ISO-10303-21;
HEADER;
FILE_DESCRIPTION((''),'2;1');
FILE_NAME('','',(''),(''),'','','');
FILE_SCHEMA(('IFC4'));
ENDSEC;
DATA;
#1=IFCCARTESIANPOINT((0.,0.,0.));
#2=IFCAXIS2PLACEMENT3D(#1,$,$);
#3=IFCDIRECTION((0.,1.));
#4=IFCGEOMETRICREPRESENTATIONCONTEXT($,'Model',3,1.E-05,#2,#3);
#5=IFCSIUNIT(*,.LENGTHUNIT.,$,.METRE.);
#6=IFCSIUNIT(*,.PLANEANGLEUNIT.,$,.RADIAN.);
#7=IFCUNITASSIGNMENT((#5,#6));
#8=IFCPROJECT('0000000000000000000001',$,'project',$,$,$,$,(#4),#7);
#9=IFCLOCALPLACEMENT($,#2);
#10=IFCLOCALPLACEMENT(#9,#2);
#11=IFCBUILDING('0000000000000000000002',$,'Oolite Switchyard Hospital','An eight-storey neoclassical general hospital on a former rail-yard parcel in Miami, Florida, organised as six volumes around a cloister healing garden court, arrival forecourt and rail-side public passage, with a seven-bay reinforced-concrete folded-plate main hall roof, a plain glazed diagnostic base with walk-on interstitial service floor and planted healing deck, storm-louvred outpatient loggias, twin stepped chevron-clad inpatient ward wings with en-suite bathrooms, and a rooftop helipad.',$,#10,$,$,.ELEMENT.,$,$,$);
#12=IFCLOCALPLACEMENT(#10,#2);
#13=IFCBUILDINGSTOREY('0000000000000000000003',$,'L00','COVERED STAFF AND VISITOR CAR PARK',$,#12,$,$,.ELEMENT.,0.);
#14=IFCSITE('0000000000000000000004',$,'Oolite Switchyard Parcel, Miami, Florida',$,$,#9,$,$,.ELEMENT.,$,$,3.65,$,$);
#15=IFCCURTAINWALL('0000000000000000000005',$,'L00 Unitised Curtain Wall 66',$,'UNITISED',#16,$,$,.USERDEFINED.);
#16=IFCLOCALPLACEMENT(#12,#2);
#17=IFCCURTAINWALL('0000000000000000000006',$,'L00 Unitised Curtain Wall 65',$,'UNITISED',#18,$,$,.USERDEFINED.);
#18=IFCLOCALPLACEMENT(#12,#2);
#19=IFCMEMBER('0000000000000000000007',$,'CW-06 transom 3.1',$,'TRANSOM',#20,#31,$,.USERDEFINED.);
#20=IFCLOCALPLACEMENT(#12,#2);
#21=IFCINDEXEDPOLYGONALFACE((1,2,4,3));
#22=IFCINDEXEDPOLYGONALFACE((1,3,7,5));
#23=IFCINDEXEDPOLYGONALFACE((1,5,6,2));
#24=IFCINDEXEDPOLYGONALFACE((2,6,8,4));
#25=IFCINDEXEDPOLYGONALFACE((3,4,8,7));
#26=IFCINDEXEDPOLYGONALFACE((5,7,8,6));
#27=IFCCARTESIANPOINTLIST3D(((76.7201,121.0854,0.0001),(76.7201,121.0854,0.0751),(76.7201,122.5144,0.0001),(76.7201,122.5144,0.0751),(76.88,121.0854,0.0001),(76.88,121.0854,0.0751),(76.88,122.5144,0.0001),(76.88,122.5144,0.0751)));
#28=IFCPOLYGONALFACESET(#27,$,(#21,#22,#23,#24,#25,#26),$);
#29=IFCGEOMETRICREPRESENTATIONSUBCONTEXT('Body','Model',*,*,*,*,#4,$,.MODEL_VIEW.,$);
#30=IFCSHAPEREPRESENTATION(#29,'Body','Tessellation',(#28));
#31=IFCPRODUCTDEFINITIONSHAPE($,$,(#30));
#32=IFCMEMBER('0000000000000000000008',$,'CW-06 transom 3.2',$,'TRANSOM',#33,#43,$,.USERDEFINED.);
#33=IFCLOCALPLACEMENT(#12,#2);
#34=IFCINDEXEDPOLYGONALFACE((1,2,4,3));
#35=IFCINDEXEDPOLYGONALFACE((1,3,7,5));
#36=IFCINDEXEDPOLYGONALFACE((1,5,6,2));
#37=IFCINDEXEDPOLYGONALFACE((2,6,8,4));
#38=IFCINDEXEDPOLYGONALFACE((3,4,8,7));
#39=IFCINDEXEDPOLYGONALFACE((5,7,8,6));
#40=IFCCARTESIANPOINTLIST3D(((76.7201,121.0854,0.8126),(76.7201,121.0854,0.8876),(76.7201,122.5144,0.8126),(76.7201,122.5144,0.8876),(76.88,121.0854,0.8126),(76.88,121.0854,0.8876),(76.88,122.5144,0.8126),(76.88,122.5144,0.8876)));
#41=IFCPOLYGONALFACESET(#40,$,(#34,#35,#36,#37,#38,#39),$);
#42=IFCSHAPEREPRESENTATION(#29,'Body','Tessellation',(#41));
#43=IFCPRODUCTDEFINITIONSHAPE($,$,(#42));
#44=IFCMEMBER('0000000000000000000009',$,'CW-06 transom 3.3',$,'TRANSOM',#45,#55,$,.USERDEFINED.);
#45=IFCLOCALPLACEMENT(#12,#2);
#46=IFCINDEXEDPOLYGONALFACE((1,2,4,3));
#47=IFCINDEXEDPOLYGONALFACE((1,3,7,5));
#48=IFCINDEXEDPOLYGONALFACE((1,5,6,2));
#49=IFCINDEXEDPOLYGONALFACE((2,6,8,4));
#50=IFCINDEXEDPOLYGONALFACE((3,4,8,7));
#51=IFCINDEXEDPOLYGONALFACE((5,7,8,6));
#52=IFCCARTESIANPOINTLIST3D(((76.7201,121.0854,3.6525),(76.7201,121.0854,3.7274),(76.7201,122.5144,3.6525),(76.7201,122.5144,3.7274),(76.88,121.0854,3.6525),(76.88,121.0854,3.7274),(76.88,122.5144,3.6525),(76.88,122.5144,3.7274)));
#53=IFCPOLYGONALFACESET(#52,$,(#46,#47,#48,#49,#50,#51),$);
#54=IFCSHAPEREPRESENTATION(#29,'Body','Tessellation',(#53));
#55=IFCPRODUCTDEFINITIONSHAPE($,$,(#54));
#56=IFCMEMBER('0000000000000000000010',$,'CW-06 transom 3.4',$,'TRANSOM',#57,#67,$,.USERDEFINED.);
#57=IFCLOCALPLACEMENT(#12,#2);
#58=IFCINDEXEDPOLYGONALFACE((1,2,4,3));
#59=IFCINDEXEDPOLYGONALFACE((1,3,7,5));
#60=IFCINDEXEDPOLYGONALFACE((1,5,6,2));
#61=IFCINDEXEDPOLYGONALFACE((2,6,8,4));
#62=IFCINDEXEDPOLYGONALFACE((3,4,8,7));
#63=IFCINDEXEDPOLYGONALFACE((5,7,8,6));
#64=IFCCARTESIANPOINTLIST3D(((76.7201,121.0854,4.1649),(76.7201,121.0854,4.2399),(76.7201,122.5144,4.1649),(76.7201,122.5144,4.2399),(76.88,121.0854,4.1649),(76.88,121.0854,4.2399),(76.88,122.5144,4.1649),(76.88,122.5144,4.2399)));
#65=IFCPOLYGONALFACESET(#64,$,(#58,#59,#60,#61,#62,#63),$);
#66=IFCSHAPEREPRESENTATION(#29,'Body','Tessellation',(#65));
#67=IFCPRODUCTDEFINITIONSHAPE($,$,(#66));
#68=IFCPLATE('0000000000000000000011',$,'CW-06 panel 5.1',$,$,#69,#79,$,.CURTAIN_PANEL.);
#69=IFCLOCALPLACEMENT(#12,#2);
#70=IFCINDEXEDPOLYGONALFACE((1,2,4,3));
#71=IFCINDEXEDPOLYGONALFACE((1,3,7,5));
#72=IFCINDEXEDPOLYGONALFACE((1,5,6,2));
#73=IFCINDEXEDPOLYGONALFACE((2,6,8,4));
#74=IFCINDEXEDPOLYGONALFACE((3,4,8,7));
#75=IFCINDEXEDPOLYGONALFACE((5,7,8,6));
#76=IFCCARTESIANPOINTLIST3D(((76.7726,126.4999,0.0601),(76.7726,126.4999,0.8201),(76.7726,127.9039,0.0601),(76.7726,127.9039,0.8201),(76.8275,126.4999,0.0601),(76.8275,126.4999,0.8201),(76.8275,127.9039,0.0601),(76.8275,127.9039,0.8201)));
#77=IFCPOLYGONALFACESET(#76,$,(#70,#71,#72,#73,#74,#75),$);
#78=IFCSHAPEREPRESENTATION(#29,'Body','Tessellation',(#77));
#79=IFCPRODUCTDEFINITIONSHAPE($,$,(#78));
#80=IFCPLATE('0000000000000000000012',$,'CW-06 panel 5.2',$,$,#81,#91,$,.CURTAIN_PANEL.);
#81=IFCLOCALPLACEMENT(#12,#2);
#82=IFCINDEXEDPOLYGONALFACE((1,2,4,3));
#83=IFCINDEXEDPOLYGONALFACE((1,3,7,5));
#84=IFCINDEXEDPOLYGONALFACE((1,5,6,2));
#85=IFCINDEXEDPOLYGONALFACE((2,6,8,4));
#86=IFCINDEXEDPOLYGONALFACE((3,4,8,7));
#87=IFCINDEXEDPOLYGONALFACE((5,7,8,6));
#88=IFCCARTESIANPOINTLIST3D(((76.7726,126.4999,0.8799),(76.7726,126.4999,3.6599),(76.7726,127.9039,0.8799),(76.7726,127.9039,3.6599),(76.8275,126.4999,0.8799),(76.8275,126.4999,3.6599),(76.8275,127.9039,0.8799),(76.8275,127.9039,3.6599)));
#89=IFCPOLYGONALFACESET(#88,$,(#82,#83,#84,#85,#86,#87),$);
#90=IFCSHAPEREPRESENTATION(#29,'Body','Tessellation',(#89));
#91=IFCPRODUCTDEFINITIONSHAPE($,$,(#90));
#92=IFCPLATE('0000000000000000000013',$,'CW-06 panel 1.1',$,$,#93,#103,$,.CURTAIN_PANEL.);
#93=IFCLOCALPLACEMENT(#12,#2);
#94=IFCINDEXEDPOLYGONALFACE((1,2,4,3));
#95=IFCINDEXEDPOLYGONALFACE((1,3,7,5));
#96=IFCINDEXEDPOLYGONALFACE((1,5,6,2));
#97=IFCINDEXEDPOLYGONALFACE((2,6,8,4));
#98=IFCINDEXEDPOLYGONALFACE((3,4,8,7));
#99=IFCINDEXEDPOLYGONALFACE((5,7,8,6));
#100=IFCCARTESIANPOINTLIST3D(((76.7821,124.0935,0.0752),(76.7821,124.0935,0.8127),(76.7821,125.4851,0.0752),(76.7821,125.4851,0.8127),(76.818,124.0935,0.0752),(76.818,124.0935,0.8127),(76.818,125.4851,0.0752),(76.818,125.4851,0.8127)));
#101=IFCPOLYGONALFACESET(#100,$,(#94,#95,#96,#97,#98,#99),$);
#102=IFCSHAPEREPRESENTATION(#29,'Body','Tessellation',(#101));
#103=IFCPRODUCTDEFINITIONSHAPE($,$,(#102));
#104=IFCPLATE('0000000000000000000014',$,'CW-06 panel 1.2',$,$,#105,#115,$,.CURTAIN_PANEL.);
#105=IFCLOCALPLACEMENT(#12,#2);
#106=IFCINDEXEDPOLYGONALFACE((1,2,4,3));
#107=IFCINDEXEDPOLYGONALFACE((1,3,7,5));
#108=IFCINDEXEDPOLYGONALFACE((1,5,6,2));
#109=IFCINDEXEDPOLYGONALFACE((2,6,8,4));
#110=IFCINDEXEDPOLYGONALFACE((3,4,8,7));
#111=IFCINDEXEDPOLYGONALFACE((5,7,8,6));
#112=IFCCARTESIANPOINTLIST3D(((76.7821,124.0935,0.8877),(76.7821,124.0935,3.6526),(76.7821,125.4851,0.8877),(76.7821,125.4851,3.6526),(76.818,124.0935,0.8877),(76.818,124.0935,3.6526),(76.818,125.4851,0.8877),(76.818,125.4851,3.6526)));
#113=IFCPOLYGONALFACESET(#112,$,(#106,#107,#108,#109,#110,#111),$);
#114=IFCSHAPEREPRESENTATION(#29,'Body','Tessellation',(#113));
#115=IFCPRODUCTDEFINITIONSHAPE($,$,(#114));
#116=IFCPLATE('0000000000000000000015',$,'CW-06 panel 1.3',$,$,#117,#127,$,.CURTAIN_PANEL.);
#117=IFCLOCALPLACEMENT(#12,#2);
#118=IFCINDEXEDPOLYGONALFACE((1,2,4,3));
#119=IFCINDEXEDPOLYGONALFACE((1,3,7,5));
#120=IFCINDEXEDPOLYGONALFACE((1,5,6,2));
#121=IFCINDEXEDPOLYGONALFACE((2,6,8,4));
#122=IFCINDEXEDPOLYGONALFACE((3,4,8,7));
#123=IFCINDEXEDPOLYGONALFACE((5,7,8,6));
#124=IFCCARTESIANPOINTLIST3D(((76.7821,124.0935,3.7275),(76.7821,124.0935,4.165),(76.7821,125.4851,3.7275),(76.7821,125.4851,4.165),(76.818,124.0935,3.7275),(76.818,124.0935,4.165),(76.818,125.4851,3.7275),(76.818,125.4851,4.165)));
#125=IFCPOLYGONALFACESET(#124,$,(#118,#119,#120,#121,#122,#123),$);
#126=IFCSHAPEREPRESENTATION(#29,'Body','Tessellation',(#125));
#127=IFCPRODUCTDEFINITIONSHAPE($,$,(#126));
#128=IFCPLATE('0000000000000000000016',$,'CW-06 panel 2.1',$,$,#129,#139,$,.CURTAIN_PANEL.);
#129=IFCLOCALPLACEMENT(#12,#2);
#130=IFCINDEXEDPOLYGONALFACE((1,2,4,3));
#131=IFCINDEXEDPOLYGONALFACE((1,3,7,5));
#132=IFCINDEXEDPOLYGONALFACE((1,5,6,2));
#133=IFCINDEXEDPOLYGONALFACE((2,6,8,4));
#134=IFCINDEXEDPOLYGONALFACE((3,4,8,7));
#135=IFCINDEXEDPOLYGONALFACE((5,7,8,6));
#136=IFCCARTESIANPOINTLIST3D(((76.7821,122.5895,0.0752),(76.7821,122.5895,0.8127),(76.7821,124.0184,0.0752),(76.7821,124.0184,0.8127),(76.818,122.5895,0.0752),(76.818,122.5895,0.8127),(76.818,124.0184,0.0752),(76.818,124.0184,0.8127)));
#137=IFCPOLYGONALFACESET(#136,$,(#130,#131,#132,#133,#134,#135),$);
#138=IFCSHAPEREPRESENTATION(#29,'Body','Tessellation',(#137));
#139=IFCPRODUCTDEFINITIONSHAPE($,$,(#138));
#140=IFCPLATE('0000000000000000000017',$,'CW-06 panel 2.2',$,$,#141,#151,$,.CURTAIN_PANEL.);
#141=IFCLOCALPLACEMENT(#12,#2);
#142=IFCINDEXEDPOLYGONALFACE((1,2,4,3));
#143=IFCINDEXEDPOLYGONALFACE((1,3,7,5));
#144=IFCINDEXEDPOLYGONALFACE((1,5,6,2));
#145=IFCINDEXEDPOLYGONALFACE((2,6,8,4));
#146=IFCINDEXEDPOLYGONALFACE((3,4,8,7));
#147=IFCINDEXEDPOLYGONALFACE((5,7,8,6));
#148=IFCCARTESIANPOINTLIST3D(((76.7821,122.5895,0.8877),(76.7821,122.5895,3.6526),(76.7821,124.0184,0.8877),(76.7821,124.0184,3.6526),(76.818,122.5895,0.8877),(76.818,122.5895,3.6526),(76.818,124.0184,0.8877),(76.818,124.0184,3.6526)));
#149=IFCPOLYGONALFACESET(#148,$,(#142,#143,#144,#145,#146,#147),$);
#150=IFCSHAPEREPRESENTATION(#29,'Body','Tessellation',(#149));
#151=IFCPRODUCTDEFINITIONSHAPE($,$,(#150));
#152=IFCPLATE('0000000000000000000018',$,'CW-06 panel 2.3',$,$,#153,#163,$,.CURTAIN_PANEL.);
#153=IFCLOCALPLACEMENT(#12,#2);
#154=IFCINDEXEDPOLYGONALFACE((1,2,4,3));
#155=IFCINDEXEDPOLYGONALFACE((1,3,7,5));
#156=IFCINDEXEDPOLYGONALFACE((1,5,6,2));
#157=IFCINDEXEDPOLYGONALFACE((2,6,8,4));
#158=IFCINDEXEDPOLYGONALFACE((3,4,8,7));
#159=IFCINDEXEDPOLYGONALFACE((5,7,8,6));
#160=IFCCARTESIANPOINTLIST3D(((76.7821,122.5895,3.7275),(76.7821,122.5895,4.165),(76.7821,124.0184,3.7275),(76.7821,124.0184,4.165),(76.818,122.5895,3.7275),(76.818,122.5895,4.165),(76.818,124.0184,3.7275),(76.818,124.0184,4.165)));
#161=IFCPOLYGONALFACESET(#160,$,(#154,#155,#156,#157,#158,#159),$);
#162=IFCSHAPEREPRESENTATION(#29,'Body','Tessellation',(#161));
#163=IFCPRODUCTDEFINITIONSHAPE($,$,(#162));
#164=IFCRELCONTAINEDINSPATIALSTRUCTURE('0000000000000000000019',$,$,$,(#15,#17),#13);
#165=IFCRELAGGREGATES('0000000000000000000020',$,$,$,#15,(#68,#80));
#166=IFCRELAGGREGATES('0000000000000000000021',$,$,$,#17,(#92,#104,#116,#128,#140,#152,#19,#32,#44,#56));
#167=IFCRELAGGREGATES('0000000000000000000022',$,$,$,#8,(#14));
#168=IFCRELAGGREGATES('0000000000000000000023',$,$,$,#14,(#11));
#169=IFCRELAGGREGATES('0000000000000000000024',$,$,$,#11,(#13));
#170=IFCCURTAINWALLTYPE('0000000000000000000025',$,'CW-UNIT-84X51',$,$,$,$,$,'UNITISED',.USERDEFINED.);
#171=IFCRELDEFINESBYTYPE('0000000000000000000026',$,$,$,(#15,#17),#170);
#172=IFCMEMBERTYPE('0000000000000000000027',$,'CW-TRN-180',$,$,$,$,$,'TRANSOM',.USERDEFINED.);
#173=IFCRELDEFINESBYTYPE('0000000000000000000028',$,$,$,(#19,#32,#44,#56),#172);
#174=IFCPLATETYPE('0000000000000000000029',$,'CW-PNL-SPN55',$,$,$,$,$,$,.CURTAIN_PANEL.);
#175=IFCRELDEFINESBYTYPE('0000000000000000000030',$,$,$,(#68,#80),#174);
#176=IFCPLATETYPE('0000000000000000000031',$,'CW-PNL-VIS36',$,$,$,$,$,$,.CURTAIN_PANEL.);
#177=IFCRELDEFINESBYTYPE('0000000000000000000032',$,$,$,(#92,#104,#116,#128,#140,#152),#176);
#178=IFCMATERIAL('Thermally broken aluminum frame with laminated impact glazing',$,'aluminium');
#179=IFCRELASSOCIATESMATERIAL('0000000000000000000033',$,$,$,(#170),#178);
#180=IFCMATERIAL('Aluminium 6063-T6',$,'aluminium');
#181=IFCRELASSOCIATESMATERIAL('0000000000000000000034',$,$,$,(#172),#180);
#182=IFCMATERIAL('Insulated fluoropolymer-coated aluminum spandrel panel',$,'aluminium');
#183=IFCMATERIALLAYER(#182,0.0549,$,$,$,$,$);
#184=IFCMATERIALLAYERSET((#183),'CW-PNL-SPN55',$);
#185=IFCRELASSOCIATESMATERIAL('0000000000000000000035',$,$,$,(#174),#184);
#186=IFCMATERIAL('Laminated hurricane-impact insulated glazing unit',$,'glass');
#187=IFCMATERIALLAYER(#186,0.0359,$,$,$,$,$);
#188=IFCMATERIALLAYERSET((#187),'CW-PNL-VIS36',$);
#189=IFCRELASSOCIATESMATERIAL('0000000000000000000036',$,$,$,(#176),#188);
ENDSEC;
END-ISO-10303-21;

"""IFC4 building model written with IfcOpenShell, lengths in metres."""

from ifc_helpers import new_model, si_unit, direction, frame, origin, origin_2d, place, context, subcontext, project, spatial, rectangle, extrude, material, layer, layer_set, material_profile, profile_set, type_object, element, aggregate, save


model = new_model("IFC4")

# Units and contexts
model_context = context("Model", 3, precision=1e-05, world=origin(), true_north=direction((0.0, 1.0)))
body_context = subcontext(model_context, "Body", "Model", "MODEL_VIEW")
ifc_project = project(units=[si_unit("LENGTHUNIT", "METRE"), si_unit("PLANEANGLEUNIT", "RADIAN")], contexts=[model_context])

# Site, building, storey
site_placement = place(None, origin())
site = spatial("IfcSite", under=ifc_project, at=site_placement, Name="Oolite Switchyard Parcel, Miami, Florida", CompositionType="ELEMENT", RefElevation=3.65)
building_placement = place(site_placement, origin())
building = spatial("IfcBuilding", under=site, at=building_placement, Name="Oolite Switchyard Hospital", Description="An eight-storey neoclassical general hospital on a former rail-yard parcel in Miami, Florida, organised as six volumes around a cloister healing garden court, arrival forecourt and rail-side public passage, with a seven-bay reinforced-concrete folded-plate main hall roof, a plain glazed diagnostic base with walk-on interstitial service floor and planted healing deck, storm-louvred outpatient loggias, twin stepped chevron-clad inpatient ward wings with en-suite bathrooms, and a rooftop helipad.", CompositionType="ELEMENT")
storey_placement = place(building_placement, origin())
storey = spatial("IfcBuildingStorey", under=building, at=storey_placement, Name="L00", Description="COVERED STAFF AND VISITOR CAR PARK", CompositionType="ELEMENT", Elevation=0.0)

# Curtain wall
ifc_material_1 = material(Name="Thermally broken aluminum frame with laminated impact glazing", Category="aluminium")
curtain_wall_type = type_object("IfcCurtainWallType", Name="CW-UNIT-84X51", ElementType="UNITISED", PredefinedType="USERDEFINED", material=ifc_material_1)
curtain_wall_1_placement = place(storey_placement, origin())
curtain_wall_1 = element("IfcCurtainWall", 1, at=curtain_wall_1_placement, inside=storey, type_object=curtain_wall_type, Name="L00 Unitised Curtain Wall 66", ObjectType="UNITISED", PredefinedType="USERDEFINED")
ifc_material_2 = material(Name="Aluminium 6063-T6", Category="aluminium")

# Curtain wall, members
curtain_wall_2_placement = place(storey_placement, origin())
curtain_wall_2 = element("IfcCurtainWall", 2, at=curtain_wall_2_placement, inside=storey, type_object=curtain_wall_type, Name="L00 Unitised Curtain Wall 65", ObjectType="UNITISED", PredefinedType="USERDEFINED")
ifc_material_profile_1 = material_profile(ifc_material_2, rectangle(XDim=0.1599, YDim=0.075, at=origin_2d()), Name="CWT75X160")
ifc_profile_set_1 = profile_set([ifc_material_profile_1], Name="Aluminium 6063-T6")
member_type_1 = type_object("IfcMemberType", Name="CW-TRN-180", ElementType="TRANSOM", PredefinedType="USERDEFINED", material=ifc_profile_set_1)
member_1_placement = place(storey_placement, frame((76.8, 122.5144, 0.0376), z_axis=(0.0, -1.0, 0.0), x_axis=(1.0, 0.0, 0.0)))
member_1 = element("IfcMember", 3, at=member_1_placement, type_object=member_type_1, Name="CW-06 transom 3.1", ObjectType="TRANSOM", PredefinedType="USERDEFINED", context=body_context, shape_type="SweptSolid", body=[
    extrude(rectangle(XDim=0.1599, YDim=0.075, at=origin_2d()), origin(), (0.0, 0.0, 1.0), 1.429),
])
member_2_placement = place(storey_placement, frame((76.8, 122.5144, 0.8501), z_axis=(0.0, -1.0, 0.0), x_axis=(1.0, 0.0, 0.0)))
member_2 = element("IfcMember", 4, at=member_2_placement, type_object=member_type_1, Name="CW-06 transom 3.2", ObjectType="TRANSOM", PredefinedType="USERDEFINED", context=body_context, shape_type="SweptSolid", body=[
    extrude(rectangle(XDim=0.1599, YDim=0.075, at=origin_2d()), origin(), (0.0, 0.0, 1.0), 1.429),
])
member_3_placement = place(storey_placement, frame((76.8, 122.5144, 3.6899), z_axis=(0.0, -1.0, 0.0), x_axis=(1.0, 0.0, 0.0)))
member_3 = element("IfcMember", 5, at=member_3_placement, type_object=member_type_1, Name="CW-06 transom 3.3", ObjectType="TRANSOM", PredefinedType="USERDEFINED", context=body_context, shape_type="SweptSolid", body=[
    extrude(rectangle(XDim=0.1599, YDim=0.075, at=origin_2d()), origin(), (0.0, 0.0, 1.0), 1.429),
])
member_4_placement = place(storey_placement, frame((76.8, 122.5144, 4.2024), z_axis=(0.0, -1.0, 0.0), x_axis=(1.0, 0.0, 0.0)))
member_4 = element("IfcMember", 6, at=member_4_placement, type_object=member_type_1, Name="CW-06 transom 3.4", ObjectType="TRANSOM", PredefinedType="USERDEFINED", context=body_context, shape_type="SweptSolid", body=[
    extrude(rectangle(XDim=0.1599, YDim=0.075, at=origin_2d()), origin(), (0.0, 0.0, 1.0), 1.429),
])

# Plates
ifc_material_3 = material(Name="Insulated fluoropolymer-coated aluminum spandrel panel", Category="aluminium")
ifc_layer_1 = layer(ifc_material_3, 0.0549)
ifc_layer_set_1 = layer_set([ifc_layer_1], Name="CW-PNL-SPN55")
plate_type_1 = type_object("IfcPlateType", Name="CW-PNL-SPN55", PredefinedType="CURTAIN_PANEL", material=ifc_layer_set_1)
plate_1_placement = place(storey_placement, frame((76.8, 127.2019, 0.0601), z_axis=(0.0, 0.0, 1.0), x_axis=(0.0, -1.0, 0.0)))
plate_1 = element("IfcPlate", 7, at=plate_1_placement, type_object=plate_type_1, Name="CW-06 panel 5.1", PredefinedType="CURTAIN_PANEL", context=body_context, shape_type="SweptSolid", body=[
    extrude(rectangle(XDim=1.4041, YDim=0.0549, at=origin_2d()), origin(), (0.0, 0.0, 1.0), 0.76),
])
plate_2_placement = place(storey_placement, frame((76.8, 127.2019, 0.8799), z_axis=(0.0, 0.0, 1.0), x_axis=(0.0, -1.0, 0.0)))
plate_2 = element("IfcPlate", 8, at=plate_2_placement, type_object=plate_type_1, Name="CW-06 panel 5.2", PredefinedType="CURTAIN_PANEL", context=body_context, shape_type="SweptSolid", body=[
    extrude(rectangle(XDim=1.4041, YDim=0.0549, at=origin_2d()), origin(), (0.0, 0.0, 1.0), 2.78),
])
aggregate(curtain_wall_1, [plate_1, plate_2])
ifc_material_4 = material(Name="Laminated hurricane-impact insulated glazing unit", Category="glass")
ifc_layer_2 = layer(ifc_material_4, 0.0359)
ifc_layer_set_2 = layer_set([ifc_layer_2], Name="CW-PNL-VIS36")
plate_type_2 = type_object("IfcPlateType", Name="CW-PNL-VIS36", PredefinedType="CURTAIN_PANEL", material=ifc_layer_set_2)
plate_3_placement = place(storey_placement, frame((76.8, 124.7893, 0.0752), z_axis=(0.0, 0.0, 1.0), x_axis=(0.0, -1.0, 0.0)))
plate_3 = element("IfcPlate", 9, at=plate_3_placement, type_object=plate_type_2, Name="CW-06 panel 1.1", PredefinedType="CURTAIN_PANEL", context=body_context, shape_type="SweptSolid", body=[
    extrude(rectangle(XDim=1.3916, YDim=0.0359, at=origin_2d()), origin(), (0.0, 0.0, 1.0), 0.7375),
])
plate_4_placement = place(storey_placement, frame((76.8, 124.7893, 0.8877), z_axis=(0.0, 0.0, 1.0), x_axis=(0.0, -1.0, 0.0)))
plate_4 = element("IfcPlate", 10, at=plate_4_placement, type_object=plate_type_2, Name="CW-06 panel 1.2", PredefinedType="CURTAIN_PANEL", context=body_context, shape_type="SweptSolid", body=[
    extrude(rectangle(XDim=1.3916, YDim=0.0359, at=origin_2d()), origin(), (0.0, 0.0, 1.0), 2.7649),
])
plate_5_placement = place(storey_placement, frame((76.8, 124.7893, 3.7275), z_axis=(0.0, 0.0, 1.0), x_axis=(0.0, -1.0, 0.0)))
plate_5 = element("IfcPlate", 11, at=plate_5_placement, type_object=plate_type_2, Name="CW-06 panel 1.3", PredefinedType="CURTAIN_PANEL", context=body_context, shape_type="SweptSolid", body=[
    extrude(rectangle(XDim=1.3916, YDim=0.0359, at=origin_2d()), origin(), (0.0, 0.0, 1.0), 0.4375),
])
plate_6_placement = place(storey_placement, frame((76.8, 123.304, 0.0752), z_axis=(0.0, 0.0, 1.0), x_axis=(0.0, -1.0, 0.0)))
plate_6 = element("IfcPlate", 12, at=plate_6_placement, type_object=plate_type_2, Name="CW-06 panel 2.1", PredefinedType="CURTAIN_PANEL", context=body_context, shape_type="SweptSolid", body=[
    extrude(rectangle(XDim=1.429, YDim=0.0359, at=origin_2d()), origin(), (0.0, 0.0, 1.0), 0.7375),
])
plate_7_placement = place(storey_placement, frame((76.8, 123.304, 0.8877), z_axis=(0.0, 0.0, 1.0), x_axis=(0.0, -1.0, 0.0)))
plate_7 = element("IfcPlate", 13, at=plate_7_placement, type_object=plate_type_2, Name="CW-06 panel 2.2", PredefinedType="CURTAIN_PANEL", context=body_context, shape_type="SweptSolid", body=[
    extrude(rectangle(XDim=1.429, YDim=0.0359, at=origin_2d()), origin(), (0.0, 0.0, 1.0), 2.7649),
])
plate_8_placement = place(storey_placement, frame((76.8, 123.304, 3.7275), z_axis=(0.0, 0.0, 1.0), x_axis=(0.0, -1.0, 0.0)))
plate_8 = element("IfcPlate", 14, at=plate_8_placement, type_object=plate_type_2, Name="CW-06 panel 2.3", PredefinedType="CURTAIN_PANEL", context=body_context, shape_type="SweptSolid", body=[
    extrude(rectangle(XDim=1.429, YDim=0.0359, at=origin_2d()), origin(), (0.0, 0.0, 1.0), 0.4375),
])
aggregate(curtain_wall_2, [plate_3, plate_4, plate_5, plate_6, plate_7, plate_8, member_1, member_2, member_3, member_4])

save(model, "model.ifc")
